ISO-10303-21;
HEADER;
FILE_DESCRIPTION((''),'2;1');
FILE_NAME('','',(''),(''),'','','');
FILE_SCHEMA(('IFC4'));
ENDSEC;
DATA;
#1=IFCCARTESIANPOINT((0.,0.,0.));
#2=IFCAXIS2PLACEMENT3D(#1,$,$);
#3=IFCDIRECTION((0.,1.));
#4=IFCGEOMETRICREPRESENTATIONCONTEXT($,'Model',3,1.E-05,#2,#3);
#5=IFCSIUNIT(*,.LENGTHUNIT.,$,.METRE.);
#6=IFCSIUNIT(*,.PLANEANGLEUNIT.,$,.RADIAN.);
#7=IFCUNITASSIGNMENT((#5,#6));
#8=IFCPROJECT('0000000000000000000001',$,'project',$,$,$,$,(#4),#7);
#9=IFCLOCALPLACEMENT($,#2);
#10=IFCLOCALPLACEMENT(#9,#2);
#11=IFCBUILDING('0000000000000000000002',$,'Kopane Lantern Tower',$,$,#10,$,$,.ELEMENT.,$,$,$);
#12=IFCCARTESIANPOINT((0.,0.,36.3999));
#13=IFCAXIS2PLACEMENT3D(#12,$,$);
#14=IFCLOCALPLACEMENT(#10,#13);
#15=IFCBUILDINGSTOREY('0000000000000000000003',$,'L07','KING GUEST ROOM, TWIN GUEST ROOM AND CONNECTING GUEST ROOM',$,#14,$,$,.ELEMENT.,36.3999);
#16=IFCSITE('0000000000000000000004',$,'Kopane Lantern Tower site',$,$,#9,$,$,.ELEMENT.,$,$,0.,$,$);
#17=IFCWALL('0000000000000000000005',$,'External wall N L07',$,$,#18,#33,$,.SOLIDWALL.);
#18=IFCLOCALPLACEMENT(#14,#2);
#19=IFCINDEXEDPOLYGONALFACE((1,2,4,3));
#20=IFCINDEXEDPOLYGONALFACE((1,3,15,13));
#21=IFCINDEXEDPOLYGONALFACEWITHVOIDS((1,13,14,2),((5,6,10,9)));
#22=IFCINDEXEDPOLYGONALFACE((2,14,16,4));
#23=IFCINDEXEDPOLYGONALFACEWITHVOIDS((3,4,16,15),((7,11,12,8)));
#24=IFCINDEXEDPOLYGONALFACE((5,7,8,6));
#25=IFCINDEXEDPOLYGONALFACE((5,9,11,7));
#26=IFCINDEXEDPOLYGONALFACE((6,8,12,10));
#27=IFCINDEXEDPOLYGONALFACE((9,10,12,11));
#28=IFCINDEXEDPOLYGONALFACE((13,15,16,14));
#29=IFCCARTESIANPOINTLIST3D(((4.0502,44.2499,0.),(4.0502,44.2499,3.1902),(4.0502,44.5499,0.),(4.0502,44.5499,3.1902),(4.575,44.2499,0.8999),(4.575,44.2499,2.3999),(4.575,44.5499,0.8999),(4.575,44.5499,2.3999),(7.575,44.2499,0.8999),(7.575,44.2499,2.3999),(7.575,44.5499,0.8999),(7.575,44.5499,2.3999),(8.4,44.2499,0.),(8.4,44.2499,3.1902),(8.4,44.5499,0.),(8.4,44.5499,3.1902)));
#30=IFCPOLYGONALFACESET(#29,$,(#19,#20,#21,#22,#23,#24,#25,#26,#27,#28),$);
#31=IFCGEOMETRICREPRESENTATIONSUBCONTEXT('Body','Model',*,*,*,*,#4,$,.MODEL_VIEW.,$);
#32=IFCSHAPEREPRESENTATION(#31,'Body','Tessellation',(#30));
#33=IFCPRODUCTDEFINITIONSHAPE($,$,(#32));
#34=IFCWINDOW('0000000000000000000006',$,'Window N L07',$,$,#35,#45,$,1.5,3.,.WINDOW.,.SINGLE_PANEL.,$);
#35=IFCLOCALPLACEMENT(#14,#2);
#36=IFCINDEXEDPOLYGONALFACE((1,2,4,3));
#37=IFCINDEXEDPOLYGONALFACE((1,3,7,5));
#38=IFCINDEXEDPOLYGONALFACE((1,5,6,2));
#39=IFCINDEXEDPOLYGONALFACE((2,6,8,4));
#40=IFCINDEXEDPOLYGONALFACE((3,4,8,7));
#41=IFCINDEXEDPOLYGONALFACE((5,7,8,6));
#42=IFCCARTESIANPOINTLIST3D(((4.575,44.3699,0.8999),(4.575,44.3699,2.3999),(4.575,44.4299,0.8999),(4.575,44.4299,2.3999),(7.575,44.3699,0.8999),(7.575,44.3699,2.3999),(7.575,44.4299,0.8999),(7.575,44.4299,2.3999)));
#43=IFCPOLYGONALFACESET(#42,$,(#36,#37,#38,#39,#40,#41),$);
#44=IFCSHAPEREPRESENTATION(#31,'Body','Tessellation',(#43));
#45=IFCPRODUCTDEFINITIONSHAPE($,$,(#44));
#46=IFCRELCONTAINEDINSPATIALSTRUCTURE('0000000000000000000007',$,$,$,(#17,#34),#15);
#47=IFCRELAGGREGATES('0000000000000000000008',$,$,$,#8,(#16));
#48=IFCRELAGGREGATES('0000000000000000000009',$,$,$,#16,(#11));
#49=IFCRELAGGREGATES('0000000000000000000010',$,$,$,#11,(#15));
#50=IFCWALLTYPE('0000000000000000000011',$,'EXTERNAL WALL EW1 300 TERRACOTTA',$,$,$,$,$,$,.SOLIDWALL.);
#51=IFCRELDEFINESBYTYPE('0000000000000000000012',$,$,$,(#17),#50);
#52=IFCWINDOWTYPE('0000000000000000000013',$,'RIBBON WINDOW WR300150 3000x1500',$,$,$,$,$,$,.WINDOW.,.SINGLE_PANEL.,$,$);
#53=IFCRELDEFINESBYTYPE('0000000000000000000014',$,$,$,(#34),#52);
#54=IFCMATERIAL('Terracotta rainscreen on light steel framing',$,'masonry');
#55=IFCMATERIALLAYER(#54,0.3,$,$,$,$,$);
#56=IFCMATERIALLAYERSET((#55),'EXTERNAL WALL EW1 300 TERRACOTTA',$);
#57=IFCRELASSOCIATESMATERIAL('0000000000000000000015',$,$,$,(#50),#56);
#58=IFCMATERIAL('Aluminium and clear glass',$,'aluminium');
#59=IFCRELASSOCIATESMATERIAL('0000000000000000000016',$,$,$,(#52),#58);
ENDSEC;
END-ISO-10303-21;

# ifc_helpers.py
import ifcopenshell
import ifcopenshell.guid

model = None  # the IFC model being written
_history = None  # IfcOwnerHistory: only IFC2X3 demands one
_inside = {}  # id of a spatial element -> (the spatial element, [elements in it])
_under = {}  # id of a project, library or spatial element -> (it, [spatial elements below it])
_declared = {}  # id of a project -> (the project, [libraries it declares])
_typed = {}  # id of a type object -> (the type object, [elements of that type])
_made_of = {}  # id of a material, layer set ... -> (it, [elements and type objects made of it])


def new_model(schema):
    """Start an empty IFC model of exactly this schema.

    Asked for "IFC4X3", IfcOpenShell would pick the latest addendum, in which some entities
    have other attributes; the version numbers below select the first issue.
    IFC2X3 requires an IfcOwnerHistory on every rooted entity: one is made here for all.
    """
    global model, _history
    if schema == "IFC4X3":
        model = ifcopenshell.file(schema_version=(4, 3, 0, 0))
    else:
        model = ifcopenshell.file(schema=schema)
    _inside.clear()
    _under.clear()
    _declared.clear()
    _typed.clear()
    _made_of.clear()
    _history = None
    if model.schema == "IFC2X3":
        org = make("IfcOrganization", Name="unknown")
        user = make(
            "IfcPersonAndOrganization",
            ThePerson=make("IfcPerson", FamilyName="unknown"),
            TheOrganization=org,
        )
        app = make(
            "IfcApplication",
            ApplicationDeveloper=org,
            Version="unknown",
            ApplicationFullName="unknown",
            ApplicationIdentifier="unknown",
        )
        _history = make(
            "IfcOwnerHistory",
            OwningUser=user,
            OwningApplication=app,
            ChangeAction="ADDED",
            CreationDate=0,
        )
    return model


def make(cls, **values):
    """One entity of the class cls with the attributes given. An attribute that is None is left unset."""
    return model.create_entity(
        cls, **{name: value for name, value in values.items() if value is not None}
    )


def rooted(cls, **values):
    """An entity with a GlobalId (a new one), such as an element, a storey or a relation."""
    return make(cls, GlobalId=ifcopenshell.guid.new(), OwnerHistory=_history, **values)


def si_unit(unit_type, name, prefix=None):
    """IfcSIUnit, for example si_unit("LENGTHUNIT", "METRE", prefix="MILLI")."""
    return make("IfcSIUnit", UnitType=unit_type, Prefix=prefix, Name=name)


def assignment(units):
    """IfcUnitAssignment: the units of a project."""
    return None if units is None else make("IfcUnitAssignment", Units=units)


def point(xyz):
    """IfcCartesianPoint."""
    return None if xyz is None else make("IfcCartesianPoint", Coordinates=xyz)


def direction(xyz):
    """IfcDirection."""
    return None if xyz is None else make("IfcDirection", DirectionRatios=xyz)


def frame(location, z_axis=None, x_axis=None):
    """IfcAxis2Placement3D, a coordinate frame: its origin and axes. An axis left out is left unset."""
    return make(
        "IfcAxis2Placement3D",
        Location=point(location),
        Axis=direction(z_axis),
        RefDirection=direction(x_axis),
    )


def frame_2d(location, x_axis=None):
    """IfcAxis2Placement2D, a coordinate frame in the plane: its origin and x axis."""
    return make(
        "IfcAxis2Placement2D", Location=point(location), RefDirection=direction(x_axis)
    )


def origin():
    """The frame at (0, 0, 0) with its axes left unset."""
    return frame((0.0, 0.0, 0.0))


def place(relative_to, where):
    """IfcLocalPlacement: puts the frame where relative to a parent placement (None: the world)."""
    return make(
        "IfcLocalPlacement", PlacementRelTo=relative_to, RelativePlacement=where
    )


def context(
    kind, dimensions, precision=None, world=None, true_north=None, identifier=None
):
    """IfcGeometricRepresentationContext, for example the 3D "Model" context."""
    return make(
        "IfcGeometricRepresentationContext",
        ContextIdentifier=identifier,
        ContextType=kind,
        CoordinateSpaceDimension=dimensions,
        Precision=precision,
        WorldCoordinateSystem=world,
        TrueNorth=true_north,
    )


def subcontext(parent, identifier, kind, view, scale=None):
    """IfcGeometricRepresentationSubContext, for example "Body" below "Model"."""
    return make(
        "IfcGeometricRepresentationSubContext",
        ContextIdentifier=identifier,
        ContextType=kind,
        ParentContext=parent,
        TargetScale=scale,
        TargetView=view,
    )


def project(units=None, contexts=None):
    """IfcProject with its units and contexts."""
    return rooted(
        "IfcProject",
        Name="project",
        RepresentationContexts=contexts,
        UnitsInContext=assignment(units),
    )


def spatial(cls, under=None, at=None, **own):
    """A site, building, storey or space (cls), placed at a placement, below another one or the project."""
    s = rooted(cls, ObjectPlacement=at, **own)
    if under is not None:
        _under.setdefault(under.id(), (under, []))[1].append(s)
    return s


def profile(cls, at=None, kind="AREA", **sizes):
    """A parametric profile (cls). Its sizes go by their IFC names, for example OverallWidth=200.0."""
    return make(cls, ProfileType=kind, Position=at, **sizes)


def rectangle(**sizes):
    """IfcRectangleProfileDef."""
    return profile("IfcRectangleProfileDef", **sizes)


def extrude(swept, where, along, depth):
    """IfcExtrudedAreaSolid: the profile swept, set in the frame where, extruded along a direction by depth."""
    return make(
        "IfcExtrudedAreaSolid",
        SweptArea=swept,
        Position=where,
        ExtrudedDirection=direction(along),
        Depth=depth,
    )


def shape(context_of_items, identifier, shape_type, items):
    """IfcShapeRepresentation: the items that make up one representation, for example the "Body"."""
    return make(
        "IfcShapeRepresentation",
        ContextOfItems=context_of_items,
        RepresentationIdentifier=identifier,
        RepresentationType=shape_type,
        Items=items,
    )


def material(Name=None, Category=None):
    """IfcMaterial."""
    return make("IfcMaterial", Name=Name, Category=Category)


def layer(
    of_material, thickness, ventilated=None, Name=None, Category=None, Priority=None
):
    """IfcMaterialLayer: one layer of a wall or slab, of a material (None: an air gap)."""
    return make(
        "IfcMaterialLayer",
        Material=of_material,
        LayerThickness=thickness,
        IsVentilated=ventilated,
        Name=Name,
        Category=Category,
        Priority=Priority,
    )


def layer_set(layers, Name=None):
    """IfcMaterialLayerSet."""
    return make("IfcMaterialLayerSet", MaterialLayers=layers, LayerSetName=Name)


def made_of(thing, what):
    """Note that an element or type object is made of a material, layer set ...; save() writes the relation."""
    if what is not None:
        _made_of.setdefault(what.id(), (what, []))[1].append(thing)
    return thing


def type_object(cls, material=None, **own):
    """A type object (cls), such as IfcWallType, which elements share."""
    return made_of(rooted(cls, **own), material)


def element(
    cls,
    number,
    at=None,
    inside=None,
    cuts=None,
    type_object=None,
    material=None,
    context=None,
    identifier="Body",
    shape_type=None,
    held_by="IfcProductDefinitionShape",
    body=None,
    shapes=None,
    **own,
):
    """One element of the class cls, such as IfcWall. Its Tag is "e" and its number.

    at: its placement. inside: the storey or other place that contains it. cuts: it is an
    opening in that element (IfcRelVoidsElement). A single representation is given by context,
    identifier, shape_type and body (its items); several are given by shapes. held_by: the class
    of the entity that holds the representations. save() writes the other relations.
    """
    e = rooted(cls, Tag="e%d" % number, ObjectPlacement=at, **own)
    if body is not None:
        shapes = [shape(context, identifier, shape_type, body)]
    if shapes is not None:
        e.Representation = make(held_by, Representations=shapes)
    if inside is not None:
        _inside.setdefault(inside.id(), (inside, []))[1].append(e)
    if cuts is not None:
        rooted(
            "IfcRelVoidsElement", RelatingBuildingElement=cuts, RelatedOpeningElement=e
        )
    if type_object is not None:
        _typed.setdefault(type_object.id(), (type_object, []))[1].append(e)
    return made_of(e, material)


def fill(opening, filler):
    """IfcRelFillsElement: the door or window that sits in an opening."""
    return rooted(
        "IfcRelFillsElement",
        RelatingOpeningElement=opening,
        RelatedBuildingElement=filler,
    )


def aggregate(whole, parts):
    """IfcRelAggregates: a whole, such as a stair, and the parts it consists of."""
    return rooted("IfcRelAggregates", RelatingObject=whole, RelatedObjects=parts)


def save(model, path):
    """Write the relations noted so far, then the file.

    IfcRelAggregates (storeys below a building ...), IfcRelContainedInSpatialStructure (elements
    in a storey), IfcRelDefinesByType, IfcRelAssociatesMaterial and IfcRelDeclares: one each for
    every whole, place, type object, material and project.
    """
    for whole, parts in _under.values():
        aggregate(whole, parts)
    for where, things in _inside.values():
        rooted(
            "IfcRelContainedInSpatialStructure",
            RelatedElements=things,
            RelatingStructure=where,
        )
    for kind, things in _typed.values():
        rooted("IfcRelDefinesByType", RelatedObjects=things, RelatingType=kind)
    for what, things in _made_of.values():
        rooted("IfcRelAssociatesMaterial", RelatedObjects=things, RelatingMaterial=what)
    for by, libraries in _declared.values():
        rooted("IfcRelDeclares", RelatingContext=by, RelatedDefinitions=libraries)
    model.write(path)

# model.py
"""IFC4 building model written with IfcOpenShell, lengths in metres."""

from ifc_helpers import new_model, si_unit, direction, frame, frame_2d, origin, place, context, subcontext, project, spatial, rectangle, extrude, material, layer, layer_set, type_object, element, fill, save


model = new_model("IFC4")

# Units and contexts
model_context = context("Model", 3, precision=1e-05, world=origin(), true_north=direction((0.0, 1.0)))
body_context = subcontext(model_context, "Body", "Model", "MODEL_VIEW")
ifc_project = project(units=[si_unit("LENGTHUNIT", "METRE"), si_unit("PLANEANGLEUNIT", "RADIAN")], contexts=[model_context])

# Site, building, storey
site_placement = place(None, origin())
site = spatial("IfcSite", under=ifc_project, at=site_placement, Name="Kopane Lantern Tower site", CompositionType="ELEMENT", RefElevation=0.0)
building_placement = place(site_placement, origin())
building = spatial("IfcBuilding", under=site, at=building_placement, Name="Kopane Lantern Tower", CompositionType="ELEMENT")
storey_placement = place(building_placement, frame((0.0, 0.0, 36.3999)))
storey = spatial("IfcBuildingStorey", under=building, at=storey_placement, Name="L07", Description="KING GUEST ROOM, TWIN GUEST ROOM AND CONNECTING GUEST ROOM", CompositionType="ELEMENT", Elevation=36.3999)

# Wall, opening, window
ifc_material_1 = material(Name="Terracotta rainscreen on light steel framing", Category="masonry")
ifc_layer_1 = layer(ifc_material_1, 0.3)
ifc_layer_set_1 = layer_set([ifc_layer_1], Name="EXTERNAL WALL EW1 300 TERRACOTTA")
wall_type_1 = type_object("IfcWallType", Name="EXTERNAL WALL EW1 300 TERRACOTTA", PredefinedType="SOLIDWALL", material=ifc_layer_set_1)
ifc_material_2 = material(Name="Aluminium and clear glass", Category="aluminium")
window_type = type_object("IfcWindowType", Name="RIBBON WINDOW WR300150 3000x1500", PartitioningType="SINGLE_PANEL", PredefinedType="WINDOW", material=ifc_material_2)
wall_1_placement = place(storey_placement, frame((8.3999, 44.3999, 0.0), z_axis=(0.0, 0.0, 1.0), x_axis=(-1.0, 0.0, 0.0)))
wall_1 = element("IfcWall", 1, at=wall_1_placement, inside=storey, type_object=wall_type_1, Name="External wall N L07", PredefinedType="SOLIDWALL", context=body_context, shape_type="SweptSolid", body=[
    extrude(rectangle(XDim=4.3499, YDim=0.3, at=frame_2d((2.1748, 0.0))), origin(), (0.0, 0.0, 1.0), 3.1902),
])
opening_1_placement = place(wall_1_placement, frame((0.825, 0.0, 0.8999)))
opening_1 = element("IfcOpeningElement", 2, at=opening_1_placement, cuts=wall_1, PredefinedType="OPENING", context=body_context, shape_type="SweptSolid", body=[
    extrude(rectangle(XDim=3.0, YDim=1.5, at=frame_2d((1.5, 0.75))), frame((0.0, 0.1599, 0.0), z_axis=(0.0, -1.0, 0.0), x_axis=(1.0, 0.0, 0.0)), (0.0, 0.0, 1.0), 0.3201),
])
window_1_placement = place(opening_1_placement, origin())
window_1 = element("IfcWindow", 3, at=window_1_placement, inside=storey, type_object=window_type, Name="Window N L07", OverallHeight=1.5, OverallWidth=3.0, PartitioningType="SINGLE_PANEL", PredefinedType="WINDOW", context=body_context, shape_type="SweptSolid", body=[
    extrude(rectangle(XDim=3.0, YDim=1.5, at=frame_2d((1.5, 0.75))), frame((0.0, 0.03, 0.0), z_axis=(0.0, -1.0, 0.0), x_axis=(1.0, 0.0, 0.0)), (0.0, 0.0, 1.0), 0.0601),
])
fill(opening_1, window_1)

save(model, "model.ifc")
